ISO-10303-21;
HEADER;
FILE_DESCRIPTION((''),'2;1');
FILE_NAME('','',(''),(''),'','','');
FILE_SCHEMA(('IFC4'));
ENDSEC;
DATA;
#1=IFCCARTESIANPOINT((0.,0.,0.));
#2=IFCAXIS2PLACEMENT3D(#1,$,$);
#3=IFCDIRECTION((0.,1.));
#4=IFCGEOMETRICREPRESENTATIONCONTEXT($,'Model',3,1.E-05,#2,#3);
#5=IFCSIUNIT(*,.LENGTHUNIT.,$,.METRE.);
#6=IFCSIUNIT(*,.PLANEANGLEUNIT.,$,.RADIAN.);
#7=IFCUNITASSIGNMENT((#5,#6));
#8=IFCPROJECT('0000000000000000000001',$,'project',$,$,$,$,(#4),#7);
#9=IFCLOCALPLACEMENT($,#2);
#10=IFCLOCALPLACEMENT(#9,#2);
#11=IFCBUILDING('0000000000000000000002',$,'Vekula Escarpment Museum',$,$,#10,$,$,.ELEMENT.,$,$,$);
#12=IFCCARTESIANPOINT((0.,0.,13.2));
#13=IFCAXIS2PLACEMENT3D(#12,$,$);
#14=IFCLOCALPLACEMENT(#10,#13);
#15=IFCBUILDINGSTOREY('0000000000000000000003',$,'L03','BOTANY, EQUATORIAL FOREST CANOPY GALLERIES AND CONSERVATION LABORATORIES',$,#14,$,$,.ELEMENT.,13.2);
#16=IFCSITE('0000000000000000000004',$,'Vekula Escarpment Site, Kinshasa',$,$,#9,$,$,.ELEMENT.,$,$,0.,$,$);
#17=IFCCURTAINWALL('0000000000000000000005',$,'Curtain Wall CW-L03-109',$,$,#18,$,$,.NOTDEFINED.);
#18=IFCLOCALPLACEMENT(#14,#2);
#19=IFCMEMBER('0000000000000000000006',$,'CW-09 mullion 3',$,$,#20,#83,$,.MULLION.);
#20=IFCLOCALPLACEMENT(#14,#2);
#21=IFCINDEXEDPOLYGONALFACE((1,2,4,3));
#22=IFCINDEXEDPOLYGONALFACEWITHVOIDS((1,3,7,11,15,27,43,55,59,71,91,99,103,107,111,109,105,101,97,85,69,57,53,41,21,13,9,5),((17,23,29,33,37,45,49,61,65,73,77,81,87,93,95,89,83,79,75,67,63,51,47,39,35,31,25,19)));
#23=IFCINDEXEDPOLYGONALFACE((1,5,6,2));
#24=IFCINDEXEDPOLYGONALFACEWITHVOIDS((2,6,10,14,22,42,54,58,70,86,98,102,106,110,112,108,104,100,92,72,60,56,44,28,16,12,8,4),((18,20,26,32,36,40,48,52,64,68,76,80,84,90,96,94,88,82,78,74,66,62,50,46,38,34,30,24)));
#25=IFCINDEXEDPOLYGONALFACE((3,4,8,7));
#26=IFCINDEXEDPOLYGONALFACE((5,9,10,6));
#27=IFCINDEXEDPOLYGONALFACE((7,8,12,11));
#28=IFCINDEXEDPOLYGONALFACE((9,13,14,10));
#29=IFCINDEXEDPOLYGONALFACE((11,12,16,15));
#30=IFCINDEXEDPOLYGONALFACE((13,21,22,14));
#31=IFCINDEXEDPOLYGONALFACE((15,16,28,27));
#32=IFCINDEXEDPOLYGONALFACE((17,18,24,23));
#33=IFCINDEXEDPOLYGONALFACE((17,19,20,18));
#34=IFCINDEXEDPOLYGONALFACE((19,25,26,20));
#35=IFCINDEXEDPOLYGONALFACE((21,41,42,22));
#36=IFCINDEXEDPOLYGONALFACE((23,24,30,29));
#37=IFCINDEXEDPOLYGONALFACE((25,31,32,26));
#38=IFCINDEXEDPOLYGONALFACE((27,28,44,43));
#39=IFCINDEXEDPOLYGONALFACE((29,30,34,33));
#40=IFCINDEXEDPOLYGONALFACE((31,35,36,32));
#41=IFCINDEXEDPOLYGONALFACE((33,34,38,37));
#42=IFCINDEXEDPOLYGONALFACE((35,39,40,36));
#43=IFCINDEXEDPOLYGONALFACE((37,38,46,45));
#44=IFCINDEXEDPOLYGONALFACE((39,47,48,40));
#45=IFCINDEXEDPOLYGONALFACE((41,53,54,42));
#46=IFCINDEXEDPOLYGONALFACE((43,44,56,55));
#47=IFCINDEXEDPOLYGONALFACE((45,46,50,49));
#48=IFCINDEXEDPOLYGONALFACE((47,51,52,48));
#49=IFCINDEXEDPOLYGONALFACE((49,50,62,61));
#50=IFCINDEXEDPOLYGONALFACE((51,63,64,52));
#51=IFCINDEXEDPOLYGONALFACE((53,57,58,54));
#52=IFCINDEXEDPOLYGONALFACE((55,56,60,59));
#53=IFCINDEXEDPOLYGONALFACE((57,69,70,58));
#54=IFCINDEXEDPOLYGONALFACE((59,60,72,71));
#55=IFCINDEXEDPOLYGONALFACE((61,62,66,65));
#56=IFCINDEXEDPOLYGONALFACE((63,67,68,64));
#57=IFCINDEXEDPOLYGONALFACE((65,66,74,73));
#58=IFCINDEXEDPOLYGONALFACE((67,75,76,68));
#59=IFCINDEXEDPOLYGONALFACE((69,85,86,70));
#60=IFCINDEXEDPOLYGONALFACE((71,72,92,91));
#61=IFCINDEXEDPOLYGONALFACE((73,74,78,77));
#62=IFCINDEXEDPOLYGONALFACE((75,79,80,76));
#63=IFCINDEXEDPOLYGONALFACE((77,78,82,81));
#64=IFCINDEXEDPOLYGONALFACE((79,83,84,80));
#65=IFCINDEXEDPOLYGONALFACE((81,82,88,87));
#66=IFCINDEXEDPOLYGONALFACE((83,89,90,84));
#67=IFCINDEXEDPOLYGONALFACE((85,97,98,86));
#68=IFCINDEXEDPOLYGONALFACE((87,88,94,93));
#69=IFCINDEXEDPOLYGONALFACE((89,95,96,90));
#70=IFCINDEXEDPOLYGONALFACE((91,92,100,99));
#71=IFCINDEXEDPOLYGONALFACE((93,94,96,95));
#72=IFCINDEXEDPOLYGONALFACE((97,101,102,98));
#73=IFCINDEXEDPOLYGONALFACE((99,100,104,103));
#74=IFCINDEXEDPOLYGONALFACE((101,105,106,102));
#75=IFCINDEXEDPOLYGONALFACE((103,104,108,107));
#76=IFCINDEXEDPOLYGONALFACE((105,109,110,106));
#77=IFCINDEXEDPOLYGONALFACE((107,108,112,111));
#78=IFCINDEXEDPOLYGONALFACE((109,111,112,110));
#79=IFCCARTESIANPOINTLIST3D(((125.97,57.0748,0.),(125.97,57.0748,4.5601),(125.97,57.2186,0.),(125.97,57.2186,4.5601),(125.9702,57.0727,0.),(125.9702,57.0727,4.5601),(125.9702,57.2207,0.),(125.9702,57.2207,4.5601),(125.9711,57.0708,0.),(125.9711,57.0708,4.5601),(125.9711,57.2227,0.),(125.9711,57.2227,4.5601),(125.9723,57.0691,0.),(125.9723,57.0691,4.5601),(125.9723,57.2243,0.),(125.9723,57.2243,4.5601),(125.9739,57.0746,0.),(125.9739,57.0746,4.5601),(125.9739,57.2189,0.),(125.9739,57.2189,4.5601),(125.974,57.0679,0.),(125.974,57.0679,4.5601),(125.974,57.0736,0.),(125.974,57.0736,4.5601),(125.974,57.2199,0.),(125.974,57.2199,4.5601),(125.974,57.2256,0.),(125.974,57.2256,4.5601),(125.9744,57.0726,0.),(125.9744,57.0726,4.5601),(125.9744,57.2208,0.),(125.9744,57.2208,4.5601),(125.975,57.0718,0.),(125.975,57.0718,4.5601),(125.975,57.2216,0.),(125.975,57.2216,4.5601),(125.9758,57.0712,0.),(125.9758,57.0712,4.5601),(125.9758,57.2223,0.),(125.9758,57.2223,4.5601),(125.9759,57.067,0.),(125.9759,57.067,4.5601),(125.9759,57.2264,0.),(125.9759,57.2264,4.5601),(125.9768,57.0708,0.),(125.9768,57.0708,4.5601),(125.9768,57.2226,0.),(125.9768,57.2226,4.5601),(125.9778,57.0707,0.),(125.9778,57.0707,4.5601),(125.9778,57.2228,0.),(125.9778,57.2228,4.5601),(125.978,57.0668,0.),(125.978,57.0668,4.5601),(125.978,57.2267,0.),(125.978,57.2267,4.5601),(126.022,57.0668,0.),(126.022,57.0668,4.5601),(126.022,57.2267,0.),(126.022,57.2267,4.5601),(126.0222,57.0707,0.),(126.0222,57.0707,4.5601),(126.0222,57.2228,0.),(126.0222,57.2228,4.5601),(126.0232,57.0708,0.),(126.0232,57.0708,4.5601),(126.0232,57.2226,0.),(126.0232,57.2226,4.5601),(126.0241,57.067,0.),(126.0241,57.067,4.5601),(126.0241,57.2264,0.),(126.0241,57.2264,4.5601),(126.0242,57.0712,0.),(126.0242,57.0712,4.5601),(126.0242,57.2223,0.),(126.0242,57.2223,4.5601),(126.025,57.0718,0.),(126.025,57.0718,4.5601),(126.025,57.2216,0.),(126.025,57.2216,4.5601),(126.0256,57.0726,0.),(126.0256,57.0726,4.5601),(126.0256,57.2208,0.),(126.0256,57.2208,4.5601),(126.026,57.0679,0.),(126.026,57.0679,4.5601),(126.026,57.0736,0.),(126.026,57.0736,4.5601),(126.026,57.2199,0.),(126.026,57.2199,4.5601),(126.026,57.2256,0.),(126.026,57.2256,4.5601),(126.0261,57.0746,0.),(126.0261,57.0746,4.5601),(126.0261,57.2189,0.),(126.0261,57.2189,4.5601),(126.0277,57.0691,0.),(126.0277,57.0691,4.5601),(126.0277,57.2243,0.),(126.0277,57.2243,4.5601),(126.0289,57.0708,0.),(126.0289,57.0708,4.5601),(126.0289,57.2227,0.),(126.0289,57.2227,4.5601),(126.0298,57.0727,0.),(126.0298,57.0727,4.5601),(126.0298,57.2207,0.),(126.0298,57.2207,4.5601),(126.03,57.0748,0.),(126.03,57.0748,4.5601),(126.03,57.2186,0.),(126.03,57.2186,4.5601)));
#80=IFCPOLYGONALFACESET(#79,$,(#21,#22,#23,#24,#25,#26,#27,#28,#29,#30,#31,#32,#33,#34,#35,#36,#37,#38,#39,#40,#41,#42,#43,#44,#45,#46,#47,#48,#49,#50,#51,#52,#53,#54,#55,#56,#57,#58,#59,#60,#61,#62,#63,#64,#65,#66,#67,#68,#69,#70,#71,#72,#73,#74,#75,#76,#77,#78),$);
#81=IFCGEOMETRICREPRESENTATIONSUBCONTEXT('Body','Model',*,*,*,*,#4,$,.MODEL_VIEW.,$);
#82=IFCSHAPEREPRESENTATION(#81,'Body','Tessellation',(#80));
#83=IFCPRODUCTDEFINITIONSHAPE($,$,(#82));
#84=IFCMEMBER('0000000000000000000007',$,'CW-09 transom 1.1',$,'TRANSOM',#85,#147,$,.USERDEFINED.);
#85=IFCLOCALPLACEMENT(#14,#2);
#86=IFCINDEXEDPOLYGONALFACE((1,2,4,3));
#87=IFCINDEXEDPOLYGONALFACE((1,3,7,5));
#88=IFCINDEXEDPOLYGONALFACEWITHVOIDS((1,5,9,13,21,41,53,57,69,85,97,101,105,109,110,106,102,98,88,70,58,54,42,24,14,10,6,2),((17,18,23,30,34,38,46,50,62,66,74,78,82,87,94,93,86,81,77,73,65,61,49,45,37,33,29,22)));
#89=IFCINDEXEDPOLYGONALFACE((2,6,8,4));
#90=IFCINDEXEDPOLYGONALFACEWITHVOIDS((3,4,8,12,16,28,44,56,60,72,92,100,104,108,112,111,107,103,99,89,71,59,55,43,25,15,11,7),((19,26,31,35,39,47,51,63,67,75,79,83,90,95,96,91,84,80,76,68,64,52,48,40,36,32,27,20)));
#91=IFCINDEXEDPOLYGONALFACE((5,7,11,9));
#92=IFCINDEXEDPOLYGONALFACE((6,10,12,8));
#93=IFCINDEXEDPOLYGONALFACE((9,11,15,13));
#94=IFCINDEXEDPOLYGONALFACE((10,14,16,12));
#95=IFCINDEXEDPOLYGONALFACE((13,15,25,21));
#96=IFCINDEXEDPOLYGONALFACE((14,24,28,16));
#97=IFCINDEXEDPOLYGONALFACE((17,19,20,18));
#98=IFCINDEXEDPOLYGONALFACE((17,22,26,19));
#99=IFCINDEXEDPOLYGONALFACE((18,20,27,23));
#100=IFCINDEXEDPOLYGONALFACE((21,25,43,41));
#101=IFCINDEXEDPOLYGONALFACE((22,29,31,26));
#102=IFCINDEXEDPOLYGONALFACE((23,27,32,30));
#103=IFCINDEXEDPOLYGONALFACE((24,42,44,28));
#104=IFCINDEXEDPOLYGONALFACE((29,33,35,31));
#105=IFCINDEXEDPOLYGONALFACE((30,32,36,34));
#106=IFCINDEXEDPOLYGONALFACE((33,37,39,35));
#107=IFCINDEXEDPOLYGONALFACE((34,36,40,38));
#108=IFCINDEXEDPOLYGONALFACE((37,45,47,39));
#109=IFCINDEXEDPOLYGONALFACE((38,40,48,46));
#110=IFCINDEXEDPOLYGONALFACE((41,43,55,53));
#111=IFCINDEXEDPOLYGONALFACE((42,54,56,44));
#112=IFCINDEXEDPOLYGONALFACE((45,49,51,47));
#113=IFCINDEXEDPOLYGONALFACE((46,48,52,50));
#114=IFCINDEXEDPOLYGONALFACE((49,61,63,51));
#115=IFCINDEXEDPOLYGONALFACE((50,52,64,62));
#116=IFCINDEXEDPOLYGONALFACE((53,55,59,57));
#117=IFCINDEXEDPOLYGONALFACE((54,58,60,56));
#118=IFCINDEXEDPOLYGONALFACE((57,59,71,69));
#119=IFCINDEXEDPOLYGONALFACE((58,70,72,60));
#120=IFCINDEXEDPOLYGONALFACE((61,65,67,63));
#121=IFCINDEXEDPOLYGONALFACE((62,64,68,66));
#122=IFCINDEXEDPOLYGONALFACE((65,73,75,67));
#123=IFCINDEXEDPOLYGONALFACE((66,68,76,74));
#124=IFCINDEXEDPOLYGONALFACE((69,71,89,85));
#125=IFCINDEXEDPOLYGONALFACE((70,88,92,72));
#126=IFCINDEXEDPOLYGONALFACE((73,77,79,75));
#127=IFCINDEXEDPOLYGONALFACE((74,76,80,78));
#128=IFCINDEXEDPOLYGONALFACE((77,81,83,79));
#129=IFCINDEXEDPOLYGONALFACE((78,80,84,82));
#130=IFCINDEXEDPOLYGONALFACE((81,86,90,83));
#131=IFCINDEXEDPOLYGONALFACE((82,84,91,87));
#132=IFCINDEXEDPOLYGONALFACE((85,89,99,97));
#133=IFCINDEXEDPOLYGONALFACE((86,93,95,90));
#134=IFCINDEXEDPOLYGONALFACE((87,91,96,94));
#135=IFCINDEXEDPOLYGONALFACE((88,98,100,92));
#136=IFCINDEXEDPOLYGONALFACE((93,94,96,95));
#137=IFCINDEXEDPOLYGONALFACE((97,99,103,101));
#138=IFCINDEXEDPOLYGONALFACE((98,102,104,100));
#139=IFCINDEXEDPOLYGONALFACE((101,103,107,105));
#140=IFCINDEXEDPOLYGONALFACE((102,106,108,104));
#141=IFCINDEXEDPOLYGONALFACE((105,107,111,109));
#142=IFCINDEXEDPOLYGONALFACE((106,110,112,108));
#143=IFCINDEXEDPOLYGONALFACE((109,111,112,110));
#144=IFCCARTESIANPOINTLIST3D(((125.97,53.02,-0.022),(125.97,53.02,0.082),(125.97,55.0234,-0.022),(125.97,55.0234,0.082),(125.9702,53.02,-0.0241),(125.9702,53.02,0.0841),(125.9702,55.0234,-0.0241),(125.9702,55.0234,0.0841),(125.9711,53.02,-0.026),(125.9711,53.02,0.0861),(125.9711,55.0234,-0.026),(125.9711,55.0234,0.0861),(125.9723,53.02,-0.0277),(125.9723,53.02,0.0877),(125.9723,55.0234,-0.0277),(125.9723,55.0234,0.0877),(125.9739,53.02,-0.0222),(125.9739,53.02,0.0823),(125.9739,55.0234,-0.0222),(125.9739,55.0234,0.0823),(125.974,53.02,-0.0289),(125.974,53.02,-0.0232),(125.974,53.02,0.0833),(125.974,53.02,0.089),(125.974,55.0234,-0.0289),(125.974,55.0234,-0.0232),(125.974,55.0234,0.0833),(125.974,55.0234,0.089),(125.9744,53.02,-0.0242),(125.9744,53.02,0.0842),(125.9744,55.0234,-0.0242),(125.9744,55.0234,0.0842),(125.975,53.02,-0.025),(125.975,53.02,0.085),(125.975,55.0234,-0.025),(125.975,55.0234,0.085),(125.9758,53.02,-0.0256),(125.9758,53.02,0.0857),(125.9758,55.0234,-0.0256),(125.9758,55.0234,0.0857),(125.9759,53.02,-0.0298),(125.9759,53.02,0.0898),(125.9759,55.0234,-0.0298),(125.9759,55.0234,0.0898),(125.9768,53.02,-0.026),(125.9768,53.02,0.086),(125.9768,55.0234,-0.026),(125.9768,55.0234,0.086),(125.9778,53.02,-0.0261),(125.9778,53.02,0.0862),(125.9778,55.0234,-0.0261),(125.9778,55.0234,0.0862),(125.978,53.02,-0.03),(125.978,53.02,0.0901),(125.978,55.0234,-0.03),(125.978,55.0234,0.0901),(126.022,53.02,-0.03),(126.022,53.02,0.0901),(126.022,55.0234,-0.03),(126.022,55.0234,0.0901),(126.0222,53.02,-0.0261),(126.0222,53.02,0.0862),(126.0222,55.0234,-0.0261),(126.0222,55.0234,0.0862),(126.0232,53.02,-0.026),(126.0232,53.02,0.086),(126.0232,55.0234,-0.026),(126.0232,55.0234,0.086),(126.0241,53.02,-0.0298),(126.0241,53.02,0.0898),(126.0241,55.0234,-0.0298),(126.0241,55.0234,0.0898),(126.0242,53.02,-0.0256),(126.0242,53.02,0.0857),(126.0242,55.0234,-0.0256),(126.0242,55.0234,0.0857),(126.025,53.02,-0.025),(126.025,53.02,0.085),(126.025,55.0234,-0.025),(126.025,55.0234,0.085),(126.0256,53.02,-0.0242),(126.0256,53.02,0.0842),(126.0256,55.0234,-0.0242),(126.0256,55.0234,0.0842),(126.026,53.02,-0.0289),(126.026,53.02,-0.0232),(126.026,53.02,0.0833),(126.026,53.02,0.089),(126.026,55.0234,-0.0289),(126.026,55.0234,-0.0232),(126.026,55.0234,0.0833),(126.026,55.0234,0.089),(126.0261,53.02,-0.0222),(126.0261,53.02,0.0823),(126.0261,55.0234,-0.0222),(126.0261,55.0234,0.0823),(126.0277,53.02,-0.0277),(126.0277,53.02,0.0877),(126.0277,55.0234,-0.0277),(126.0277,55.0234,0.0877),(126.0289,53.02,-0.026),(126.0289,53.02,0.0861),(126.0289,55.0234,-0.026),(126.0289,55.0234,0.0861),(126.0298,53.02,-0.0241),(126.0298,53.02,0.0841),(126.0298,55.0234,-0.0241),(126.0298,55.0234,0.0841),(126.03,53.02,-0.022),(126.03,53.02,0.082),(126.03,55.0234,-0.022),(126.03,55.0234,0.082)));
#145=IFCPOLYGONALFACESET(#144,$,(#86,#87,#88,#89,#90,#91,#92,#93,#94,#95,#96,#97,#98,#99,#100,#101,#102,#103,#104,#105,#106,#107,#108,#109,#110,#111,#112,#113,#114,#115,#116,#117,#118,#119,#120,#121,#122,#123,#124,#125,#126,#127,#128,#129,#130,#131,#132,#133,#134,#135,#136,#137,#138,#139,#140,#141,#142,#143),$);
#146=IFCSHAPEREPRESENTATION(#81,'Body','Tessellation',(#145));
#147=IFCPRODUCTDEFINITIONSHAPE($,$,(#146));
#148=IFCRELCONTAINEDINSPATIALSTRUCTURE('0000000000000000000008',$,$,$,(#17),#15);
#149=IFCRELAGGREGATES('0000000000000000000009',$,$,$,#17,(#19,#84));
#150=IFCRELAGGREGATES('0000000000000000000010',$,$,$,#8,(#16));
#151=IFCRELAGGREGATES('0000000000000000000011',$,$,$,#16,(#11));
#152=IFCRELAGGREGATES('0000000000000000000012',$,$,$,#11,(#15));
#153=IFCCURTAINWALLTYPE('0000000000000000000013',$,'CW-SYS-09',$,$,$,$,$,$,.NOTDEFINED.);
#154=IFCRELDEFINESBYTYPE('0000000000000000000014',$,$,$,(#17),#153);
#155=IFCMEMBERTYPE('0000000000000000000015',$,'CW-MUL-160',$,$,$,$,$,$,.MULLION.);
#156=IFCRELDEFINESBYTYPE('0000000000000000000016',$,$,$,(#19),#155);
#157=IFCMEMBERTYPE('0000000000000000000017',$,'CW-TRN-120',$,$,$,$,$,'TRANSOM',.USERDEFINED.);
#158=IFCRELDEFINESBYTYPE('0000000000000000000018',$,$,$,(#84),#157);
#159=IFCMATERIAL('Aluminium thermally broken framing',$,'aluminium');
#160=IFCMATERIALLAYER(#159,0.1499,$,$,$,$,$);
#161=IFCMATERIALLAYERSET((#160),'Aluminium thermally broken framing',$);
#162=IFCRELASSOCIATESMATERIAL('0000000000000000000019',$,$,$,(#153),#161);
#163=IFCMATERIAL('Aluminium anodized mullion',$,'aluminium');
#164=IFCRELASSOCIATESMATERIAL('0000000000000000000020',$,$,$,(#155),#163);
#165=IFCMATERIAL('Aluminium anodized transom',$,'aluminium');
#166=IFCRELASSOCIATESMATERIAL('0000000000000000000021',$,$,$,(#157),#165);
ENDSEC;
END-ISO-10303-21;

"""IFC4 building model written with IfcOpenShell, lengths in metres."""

from ifc_helpers import new_model, si_unit, direction, frame, origin, origin_2d, place, context, subcontext, project, spatial, hollow_rectangle, extrude, material, layer, layer_set, material_profile, profile_set, type_object, element, aggregate, save


model = new_model("IFC4")

# Units and contexts
model_context = context("Model", 3, precision=1e-05, world=origin(), true_north=direction((0.0, 1.0)))
body_context = subcontext(model_context, "Body", "Model", "MODEL_VIEW")
ifc_project = project(units=[si_unit("LENGTHUNIT", "METRE"), si_unit("PLANEANGLEUNIT", "RADIAN")], contexts=[model_context])

# Site, building, storey
site_placement = place(None, origin())
site = spatial("IfcSite", under=ifc_project, at=site_placement, Name="Vekula Escarpment Site, Kinshasa", CompositionType="ELEMENT", RefElevation=0.0)
building_placement = place(site_placement, origin())
building = spatial("IfcBuilding", under=site, at=building_placement, Name="Vekula Escarpment Museum", CompositionType="ELEMENT")
storey_placement = place(building_placement, frame((0.0, 0.0, 13.2)))
storey = spatial("IfcBuildingStorey", under=building, at=storey_placement, Name="L03", Description="BOTANY, EQUATORIAL FOREST CANOPY GALLERIES AND CONSERVATION LABORATORIES", CompositionType="ELEMENT", Elevation=13.2)

# Curtain wall, members
ifc_material_1 = material(Name="Aluminium thermally broken framing", Category="aluminium")
ifc_layer_1 = layer(ifc_material_1, 0.1499)
ifc_layer_set_1 = layer_set([ifc_layer_1], Name="Aluminium thermally broken framing")
curtain_wall_type = type_object("IfcCurtainWallType", Name="CW-SYS-09", PredefinedType="NOTDEFINED", material=ifc_layer_set_1)
curtain_wall_placement = place(storey_placement, origin())
curtain_wall = element("IfcCurtainWall", 1, at=curtain_wall_placement, inside=storey, type_object=curtain_wall_type, Name="Curtain Wall CW-L03-109", PredefinedType="NOTDEFINED")
ifc_material_2 = material(Name="Aluminium anodized mullion", Category="aluminium")
ifc_material_profile_1 = material_profile(ifc_material_2, hollow_rectangle(XDim=0.0601, YDim=0.1599, WallThickness=0.0039, InnerFilletRadius=0.0039, OuterFilletRadius=0.0081, at=origin_2d()), Name="ALU 160x60x4")
ifc_profile_set_1 = profile_set([ifc_material_profile_1], Name="Aluminium anodized mullion")
member_type_1 = type_object("IfcMemberType", Name="CW-MUL-160", PredefinedType="MULLION", material=ifc_profile_set_1)
member_1_placement = place(storey_placement, frame((126.0, 57.1467, 0.0), z_axis=(0.0, 0.0, 1.0), x_axis=(-1.0, 0.0, 0.0)))
member_1 = element("IfcMember", 2, at=member_1_placement, type_object=member_type_1, Name="CW-09 mullion 3", PredefinedType="MULLION", context=body_context, shape_type="SweptSolid", body=[
    extrude(hollow_rectangle(XDim=0.0601, YDim=0.1599, WallThickness=0.0039, InnerFilletRadius=0.0039, OuterFilletRadius=0.0081, at=origin_2d()), origin(), (0.0, 0.0, 1.0), 4.5601),
])
ifc_material_3 = material(Name="Aluminium anodized transom", Category="aluminium")
ifc_material_profile_2 = material_profile(ifc_material_3, hollow_rectangle(XDim=0.0601, YDim=0.1201, WallThickness=0.0039, InnerFilletRadius=0.0039, OuterFilletRadius=0.0081, at=origin_2d()), Name="ALU 120x60x4")
ifc_profile_set_2 = profile_set([ifc_material_profile_2], Name="Aluminium anodized transom")
member_type_2 = type_object("IfcMemberType", Name="CW-TRN-120", ElementType="TRANSOM", PredefinedType="USERDEFINED", material=ifc_profile_set_2)
member_2_placement = place(storey_placement, frame((126.0, 53.02, 0.03), z_axis=(0.0, 1.0, 0.0), x_axis=(-1.0, 0.0, 0.0)))
member_2 = element("IfcMember", 3, at=member_2_placement, type_object=member_type_2, Name="CW-09 transom 1.1", ObjectType="TRANSOM", PredefinedType="USERDEFINED", context=body_context, shape_type="SweptSolid", body=[
    extrude(hollow_rectangle(XDim=0.0601, YDim=0.1201, WallThickness=0.0039, InnerFilletRadius=0.0039, OuterFilletRadius=0.0081, at=origin_2d()), origin(), (0.0, 0.0, 1.0), 2.0034),
])
aggregate(curtain_wall, [member_1, member_2])

save(model, "model.ifc")
